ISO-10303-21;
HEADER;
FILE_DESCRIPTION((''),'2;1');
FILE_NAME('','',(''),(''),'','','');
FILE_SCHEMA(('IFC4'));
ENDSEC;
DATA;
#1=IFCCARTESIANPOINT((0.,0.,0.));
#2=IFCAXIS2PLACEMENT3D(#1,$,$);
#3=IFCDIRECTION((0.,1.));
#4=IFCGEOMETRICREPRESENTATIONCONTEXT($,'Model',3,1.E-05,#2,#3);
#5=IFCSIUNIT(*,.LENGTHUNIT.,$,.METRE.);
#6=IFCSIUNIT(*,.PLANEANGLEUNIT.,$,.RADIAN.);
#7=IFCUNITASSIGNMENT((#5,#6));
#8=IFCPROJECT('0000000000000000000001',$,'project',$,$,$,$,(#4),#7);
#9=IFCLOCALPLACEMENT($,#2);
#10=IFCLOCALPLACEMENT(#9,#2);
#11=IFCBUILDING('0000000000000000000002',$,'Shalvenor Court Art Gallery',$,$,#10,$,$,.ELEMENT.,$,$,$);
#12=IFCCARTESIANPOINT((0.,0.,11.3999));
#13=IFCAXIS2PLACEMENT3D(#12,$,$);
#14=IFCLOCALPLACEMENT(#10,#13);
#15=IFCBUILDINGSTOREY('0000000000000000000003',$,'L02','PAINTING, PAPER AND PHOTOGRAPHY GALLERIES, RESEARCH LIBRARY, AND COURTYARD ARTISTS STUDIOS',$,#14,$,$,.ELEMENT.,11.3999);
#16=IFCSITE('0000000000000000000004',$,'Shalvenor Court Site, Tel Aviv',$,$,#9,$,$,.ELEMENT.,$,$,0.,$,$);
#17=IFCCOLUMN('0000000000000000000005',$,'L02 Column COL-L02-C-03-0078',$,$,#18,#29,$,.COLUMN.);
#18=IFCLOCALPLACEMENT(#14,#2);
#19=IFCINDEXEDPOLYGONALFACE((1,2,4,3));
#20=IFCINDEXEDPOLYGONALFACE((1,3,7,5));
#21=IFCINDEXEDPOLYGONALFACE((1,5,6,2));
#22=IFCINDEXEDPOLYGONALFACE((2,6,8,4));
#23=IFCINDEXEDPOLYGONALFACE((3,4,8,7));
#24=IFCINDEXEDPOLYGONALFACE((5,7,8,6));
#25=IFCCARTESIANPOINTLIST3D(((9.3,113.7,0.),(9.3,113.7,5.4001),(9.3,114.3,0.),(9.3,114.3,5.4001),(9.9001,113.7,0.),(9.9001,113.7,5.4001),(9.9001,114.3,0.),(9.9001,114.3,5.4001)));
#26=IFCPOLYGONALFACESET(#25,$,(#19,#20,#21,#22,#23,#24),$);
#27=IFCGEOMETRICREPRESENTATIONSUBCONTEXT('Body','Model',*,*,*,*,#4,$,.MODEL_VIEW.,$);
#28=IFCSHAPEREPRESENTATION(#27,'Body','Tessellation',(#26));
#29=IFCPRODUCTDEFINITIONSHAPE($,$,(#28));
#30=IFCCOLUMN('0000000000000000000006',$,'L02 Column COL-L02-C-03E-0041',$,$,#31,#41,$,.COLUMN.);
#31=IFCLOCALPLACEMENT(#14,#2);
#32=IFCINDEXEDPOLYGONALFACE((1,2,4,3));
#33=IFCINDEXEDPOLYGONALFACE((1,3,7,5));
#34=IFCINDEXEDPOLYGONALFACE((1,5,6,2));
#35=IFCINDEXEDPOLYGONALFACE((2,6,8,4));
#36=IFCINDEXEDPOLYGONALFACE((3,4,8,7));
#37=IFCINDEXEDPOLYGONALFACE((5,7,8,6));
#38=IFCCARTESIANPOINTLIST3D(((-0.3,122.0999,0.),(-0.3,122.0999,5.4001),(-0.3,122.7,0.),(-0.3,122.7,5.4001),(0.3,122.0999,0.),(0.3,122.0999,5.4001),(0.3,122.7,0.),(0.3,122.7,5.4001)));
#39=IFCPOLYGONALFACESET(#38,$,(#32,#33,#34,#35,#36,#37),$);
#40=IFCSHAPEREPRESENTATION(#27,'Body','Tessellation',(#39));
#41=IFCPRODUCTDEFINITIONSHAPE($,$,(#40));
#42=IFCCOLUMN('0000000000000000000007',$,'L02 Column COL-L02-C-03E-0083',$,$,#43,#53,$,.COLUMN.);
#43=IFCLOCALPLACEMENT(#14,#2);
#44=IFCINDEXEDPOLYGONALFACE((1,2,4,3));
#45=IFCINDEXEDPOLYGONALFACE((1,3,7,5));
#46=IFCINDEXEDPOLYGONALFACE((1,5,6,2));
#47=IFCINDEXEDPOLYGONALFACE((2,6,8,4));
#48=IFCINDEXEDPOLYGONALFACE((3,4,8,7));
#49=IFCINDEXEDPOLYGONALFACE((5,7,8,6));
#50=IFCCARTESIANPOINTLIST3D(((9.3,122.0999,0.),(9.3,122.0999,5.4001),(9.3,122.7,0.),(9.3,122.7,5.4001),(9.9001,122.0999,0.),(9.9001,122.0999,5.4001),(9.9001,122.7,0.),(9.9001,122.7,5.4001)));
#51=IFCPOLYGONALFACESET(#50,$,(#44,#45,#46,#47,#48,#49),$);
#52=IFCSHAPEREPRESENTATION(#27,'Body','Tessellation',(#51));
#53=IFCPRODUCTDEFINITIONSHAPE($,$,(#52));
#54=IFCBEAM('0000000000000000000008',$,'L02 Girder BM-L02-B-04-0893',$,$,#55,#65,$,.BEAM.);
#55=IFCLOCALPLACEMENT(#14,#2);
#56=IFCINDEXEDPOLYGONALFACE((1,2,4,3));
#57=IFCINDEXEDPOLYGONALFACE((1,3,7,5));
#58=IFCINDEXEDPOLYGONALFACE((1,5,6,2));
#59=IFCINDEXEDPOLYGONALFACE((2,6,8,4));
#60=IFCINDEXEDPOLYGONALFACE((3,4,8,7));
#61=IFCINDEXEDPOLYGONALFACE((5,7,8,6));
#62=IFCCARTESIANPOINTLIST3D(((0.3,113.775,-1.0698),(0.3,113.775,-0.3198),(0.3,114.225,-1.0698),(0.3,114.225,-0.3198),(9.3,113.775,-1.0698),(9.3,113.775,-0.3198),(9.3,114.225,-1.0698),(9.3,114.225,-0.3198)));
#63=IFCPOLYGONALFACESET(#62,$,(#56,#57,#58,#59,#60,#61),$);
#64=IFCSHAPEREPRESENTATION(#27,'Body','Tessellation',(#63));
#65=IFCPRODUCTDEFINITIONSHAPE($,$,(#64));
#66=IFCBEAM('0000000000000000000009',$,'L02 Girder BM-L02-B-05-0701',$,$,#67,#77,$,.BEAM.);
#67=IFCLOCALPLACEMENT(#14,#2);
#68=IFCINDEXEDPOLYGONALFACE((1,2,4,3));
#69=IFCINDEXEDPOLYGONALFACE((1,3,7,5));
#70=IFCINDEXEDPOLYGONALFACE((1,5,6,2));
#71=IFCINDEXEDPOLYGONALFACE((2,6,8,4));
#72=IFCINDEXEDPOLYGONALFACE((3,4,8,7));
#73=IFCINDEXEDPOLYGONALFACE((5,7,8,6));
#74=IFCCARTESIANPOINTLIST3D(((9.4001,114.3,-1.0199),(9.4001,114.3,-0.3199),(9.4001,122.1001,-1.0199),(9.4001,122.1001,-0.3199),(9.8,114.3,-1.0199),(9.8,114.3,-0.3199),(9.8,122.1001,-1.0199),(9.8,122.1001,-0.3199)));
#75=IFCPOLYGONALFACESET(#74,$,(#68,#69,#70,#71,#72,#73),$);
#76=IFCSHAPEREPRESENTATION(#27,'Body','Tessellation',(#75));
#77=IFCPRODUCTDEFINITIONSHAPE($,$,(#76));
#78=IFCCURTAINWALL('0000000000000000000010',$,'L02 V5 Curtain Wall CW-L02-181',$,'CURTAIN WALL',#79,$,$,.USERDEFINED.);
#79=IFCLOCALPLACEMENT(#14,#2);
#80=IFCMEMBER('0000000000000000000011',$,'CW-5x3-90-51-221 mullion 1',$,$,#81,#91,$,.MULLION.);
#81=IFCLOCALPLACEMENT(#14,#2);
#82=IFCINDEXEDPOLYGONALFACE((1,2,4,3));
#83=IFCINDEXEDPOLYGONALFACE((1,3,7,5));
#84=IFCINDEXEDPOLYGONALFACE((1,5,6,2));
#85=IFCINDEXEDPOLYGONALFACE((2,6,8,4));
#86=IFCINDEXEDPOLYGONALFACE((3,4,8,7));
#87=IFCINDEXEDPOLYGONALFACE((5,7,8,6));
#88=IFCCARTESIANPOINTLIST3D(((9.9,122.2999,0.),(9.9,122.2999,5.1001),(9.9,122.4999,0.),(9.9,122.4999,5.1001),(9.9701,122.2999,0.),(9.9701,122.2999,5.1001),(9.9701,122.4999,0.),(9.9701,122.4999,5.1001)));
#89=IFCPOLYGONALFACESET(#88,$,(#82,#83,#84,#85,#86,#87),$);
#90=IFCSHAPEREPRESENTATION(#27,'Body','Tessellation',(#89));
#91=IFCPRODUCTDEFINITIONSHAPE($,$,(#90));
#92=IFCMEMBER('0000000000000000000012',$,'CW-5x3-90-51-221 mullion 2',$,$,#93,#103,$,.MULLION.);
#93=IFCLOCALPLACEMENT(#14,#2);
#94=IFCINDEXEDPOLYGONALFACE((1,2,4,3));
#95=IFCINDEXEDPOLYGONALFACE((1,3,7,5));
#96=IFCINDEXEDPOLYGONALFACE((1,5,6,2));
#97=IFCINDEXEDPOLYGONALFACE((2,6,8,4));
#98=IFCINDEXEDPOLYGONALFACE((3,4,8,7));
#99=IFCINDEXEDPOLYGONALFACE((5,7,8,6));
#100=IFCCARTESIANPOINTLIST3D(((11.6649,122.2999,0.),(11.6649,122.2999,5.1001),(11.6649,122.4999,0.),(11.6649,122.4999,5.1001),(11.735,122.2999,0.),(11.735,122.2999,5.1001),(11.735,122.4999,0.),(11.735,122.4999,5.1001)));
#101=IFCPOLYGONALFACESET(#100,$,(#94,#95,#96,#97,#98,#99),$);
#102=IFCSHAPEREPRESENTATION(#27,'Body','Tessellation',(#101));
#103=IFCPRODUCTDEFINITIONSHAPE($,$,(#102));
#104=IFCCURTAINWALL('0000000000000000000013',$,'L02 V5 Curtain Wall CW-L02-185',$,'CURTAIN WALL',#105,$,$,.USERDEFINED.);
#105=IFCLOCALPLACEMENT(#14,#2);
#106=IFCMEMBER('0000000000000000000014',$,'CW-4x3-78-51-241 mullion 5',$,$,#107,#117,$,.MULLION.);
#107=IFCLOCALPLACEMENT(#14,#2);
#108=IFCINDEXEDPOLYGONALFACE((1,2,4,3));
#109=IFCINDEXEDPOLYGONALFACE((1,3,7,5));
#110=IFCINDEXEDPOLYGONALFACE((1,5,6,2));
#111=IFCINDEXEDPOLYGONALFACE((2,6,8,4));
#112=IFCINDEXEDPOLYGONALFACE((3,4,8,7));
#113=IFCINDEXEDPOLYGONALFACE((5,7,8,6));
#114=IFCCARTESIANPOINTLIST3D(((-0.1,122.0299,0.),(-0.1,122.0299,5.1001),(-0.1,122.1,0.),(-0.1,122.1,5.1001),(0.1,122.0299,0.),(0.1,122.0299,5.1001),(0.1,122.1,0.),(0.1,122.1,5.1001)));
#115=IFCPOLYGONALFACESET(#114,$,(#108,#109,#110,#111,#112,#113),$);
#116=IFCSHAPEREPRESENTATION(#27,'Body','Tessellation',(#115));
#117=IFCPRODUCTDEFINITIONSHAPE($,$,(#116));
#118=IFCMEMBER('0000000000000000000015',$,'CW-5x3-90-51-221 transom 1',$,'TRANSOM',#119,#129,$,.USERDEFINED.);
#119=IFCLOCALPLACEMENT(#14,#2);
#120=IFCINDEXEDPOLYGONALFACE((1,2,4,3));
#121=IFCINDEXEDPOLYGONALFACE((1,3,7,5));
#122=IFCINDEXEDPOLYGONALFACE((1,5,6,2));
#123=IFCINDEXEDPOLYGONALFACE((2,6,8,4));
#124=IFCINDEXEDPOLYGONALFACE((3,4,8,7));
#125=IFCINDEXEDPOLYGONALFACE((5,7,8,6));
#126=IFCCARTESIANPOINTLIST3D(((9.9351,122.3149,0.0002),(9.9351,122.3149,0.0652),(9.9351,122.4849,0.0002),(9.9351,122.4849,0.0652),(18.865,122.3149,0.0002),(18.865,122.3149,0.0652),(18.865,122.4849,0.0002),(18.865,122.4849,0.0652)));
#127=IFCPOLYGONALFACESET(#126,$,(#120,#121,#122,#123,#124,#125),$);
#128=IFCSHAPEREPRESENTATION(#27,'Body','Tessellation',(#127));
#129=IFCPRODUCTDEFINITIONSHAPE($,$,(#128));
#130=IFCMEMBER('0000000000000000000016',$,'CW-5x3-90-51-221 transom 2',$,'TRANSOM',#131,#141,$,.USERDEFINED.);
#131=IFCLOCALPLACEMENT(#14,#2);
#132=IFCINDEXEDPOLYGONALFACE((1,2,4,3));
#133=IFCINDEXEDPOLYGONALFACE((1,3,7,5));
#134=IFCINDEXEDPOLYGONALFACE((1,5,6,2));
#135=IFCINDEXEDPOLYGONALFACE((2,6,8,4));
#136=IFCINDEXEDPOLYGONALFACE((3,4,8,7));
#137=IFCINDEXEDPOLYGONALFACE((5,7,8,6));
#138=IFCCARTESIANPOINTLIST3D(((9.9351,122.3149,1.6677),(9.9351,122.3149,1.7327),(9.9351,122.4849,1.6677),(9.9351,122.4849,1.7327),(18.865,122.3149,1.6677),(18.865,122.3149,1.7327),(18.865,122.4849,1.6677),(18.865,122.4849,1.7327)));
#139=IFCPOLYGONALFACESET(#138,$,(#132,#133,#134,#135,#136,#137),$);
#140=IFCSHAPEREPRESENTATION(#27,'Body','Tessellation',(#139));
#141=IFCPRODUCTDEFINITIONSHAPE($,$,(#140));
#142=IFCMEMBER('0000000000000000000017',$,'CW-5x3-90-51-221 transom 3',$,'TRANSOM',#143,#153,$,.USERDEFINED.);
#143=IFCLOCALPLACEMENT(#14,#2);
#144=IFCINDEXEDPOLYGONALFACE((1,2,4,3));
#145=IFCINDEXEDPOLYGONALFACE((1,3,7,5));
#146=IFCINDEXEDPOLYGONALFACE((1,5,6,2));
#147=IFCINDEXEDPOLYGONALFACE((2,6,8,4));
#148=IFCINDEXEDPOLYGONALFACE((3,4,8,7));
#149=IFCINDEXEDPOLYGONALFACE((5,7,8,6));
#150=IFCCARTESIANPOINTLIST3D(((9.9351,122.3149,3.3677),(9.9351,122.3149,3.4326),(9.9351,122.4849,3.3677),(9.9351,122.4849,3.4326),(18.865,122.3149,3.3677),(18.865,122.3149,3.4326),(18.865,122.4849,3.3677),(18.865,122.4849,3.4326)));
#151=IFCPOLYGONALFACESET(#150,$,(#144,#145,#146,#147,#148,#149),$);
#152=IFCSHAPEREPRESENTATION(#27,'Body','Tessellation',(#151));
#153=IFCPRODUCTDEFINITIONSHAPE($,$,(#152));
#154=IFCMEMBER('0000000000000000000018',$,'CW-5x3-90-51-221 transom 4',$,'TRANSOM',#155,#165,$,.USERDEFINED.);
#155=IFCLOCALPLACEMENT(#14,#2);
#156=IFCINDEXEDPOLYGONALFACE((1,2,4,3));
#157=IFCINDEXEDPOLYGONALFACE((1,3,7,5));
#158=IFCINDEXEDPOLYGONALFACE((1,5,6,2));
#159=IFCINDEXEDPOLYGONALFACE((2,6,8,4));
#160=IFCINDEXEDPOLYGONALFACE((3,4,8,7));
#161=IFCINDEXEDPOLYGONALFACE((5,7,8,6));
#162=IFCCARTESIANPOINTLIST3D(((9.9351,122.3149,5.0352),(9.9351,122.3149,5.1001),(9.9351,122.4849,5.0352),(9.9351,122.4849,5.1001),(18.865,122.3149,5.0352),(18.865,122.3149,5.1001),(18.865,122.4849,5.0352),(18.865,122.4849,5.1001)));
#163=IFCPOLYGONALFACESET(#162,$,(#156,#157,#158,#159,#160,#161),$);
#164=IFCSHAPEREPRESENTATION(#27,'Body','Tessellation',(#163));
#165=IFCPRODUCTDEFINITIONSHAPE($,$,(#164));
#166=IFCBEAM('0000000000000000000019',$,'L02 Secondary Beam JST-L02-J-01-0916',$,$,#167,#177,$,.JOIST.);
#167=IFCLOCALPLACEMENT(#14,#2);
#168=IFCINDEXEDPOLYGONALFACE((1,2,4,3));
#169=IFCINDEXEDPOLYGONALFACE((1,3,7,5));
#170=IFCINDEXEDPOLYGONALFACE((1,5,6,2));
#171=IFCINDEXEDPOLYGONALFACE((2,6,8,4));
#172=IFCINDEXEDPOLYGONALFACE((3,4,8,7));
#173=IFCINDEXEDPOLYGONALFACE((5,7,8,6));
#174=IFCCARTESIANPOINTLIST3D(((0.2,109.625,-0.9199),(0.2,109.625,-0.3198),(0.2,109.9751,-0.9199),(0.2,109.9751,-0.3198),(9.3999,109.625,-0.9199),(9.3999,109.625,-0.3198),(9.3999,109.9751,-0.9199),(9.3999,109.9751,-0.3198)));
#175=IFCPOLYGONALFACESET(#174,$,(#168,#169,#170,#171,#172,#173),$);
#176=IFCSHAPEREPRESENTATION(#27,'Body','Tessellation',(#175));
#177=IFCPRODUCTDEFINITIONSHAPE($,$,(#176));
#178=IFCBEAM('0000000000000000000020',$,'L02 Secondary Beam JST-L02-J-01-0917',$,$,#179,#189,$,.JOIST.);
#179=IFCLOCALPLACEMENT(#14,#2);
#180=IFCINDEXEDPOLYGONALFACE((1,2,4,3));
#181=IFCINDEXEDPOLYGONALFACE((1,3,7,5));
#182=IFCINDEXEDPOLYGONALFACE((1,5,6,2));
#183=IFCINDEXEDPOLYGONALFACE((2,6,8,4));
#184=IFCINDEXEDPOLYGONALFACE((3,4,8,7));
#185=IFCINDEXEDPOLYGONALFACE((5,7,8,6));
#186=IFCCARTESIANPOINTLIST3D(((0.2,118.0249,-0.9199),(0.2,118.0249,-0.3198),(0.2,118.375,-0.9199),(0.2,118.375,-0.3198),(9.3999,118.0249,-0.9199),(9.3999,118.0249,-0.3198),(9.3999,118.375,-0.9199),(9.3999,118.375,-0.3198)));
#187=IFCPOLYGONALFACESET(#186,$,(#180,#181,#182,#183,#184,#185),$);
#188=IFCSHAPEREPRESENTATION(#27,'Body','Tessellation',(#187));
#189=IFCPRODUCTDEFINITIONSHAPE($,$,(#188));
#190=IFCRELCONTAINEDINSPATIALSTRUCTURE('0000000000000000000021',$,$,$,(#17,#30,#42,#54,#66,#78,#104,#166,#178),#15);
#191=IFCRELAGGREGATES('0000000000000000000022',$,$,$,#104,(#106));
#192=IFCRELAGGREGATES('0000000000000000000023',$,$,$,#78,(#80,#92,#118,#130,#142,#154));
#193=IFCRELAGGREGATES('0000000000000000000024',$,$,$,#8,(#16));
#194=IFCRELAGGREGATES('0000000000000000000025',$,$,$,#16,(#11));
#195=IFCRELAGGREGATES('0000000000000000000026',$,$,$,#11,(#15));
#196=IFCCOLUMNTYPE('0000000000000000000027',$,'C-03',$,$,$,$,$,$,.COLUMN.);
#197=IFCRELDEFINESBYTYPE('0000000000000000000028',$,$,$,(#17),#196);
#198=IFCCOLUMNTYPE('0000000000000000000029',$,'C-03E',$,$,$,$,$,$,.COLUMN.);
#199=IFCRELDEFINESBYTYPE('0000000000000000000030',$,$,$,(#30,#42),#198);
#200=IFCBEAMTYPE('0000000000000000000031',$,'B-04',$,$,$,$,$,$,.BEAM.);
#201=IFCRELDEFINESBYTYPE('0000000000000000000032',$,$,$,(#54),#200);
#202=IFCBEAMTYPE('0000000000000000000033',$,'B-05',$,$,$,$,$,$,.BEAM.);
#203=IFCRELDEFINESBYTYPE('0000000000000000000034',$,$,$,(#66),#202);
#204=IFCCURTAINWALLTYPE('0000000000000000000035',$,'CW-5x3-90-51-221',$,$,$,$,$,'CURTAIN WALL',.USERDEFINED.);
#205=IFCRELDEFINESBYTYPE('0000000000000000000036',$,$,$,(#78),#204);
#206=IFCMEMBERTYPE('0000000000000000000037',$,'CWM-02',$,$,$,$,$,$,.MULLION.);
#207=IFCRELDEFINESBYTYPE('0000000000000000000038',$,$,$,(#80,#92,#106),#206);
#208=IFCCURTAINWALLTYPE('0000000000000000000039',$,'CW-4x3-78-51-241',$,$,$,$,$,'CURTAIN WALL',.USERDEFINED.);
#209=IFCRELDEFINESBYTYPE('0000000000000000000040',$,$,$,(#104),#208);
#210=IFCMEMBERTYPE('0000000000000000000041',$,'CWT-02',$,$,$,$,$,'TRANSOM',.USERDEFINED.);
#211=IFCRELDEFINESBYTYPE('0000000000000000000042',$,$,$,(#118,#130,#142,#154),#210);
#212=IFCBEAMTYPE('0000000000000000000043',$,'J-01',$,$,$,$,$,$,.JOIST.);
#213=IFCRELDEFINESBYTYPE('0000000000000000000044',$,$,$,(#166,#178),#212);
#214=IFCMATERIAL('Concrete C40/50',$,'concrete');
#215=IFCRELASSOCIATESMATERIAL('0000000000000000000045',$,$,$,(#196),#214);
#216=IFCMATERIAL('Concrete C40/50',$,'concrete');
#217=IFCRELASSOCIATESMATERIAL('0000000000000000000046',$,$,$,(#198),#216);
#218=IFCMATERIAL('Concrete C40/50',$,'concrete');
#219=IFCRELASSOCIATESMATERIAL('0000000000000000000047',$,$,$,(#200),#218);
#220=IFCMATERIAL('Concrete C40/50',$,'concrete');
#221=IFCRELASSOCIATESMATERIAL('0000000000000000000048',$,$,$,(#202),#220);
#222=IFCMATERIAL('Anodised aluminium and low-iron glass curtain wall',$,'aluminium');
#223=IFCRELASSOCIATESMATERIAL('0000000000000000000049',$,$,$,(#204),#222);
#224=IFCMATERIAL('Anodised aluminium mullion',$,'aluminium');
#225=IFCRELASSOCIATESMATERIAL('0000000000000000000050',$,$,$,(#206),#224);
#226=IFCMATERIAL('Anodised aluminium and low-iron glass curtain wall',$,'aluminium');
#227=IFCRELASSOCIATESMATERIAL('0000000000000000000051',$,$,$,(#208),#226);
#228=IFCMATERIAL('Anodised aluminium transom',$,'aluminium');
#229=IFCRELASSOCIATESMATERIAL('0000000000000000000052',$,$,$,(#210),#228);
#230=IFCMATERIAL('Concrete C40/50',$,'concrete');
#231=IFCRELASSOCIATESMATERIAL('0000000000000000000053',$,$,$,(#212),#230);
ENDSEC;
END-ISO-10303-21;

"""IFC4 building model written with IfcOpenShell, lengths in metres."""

from ifc_helpers import new_model, si_unit, direction, frame, origin, origin_2d, place, context, subcontext, project, spatial, rectangle, extrude, material, material_profile, profile_set, type_object, element, aggregate, save


model = new_model("IFC4")

# Units and contexts
model_context = context("Model", 3, precision=1e-05, world=origin(), true_north=direction((0.0, 1.0)))
body_context = subcontext(model_context, "Body", "Model", "MODEL_VIEW")
ifc_project = project(units=[si_unit("LENGTHUNIT", "METRE"), si_unit("PLANEANGLEUNIT", "RADIAN")], contexts=[model_context])

# Site, building, storey
site_placement = place(None, origin())
site = spatial("IfcSite", under=ifc_project, at=site_placement, Name="Shalvenor Court Site, Tel Aviv", CompositionType="ELEMENT", RefElevation=0.0)
building_placement = place(site_placement, origin())
building = spatial("IfcBuilding", under=site, at=building_placement, Name="Shalvenor Court Art Gallery", CompositionType="ELEMENT")
storey_placement = place(building_placement, frame((0.0, 0.0, 11.3999)))
storey = spatial("IfcBuildingStorey", under=building, at=storey_placement, Name="L02", Description="PAINTING, PAPER AND PHOTOGRAPHY GALLERIES, RESEARCH LIBRARY, AND COURTYARD ARTISTS STUDIOS", CompositionType="ELEMENT", Elevation=11.3999)

# Columns
ifc_material_1 = material(Name="Concrete C40/50", Category="concrete")
ifc_material_profile_1 = material_profile(ifc_material_1, rectangle(XDim=0.6001, YDim=0.6001, at=origin_2d()), Name="RC 600x600")
ifc_profile_set_1 = profile_set([ifc_material_profile_1], Name="Concrete C40/50")
column_type_1 = type_object("IfcColumnType", Name="C-03", PredefinedType="COLUMN", material=ifc_profile_set_1)
column_placement = place(storey_placement, frame((9.6001, 114.0, 0.0), z_axis=(0.0, 0.0, 1.0), x_axis=(1.0, 0.0, 0.0)))
element("IfcColumn", 1, at=column_placement, inside=storey, type_object=column_type_1, Name="L02 Column COL-L02-C-03-0078", PredefinedType="COLUMN", context=body_context, shape_type="SweptSolid", body=[
    extrude(rectangle(XDim=0.6001, YDim=0.6001, at=origin_2d()), origin(), (0.0, 0.0, 1.0), 5.4001),
])
ifc_material_2 = material(Name="Concrete C40/50", Category="concrete")
ifc_material_profile_2 = material_profile(ifc_material_2, rectangle(XDim=0.6001, YDim=0.6001, at=origin_2d()), Name="RC 600x600")
ifc_profile_set_2 = profile_set([ifc_material_profile_2], Name="Concrete C40/50")
column_type_2 = type_object("IfcColumnType", Name="C-03E", PredefinedType="COLUMN", material=ifc_profile_set_2)
for number, where, z_axis, x_axis, name in (
    (2, (0.0, 122.3999, 0.0), (0.0, 0.0, 1.0), (1.0, 0.0, 0.0), "L02 Column COL-L02-C-03E-0041"),
    (3, (9.6001, 122.3999, 0.0), (0.0, 0.0, 1.0), (1.0, 0.0, 0.0), "L02 Column COL-L02-C-03E-0083"),
):
    element("IfcColumn", number, at=place(storey_placement, frame(where, z_axis=z_axis, x_axis=x_axis)), inside=storey, type_object=column_type_2, Name=name, PredefinedType="COLUMN", context=body_context, shape_type="SweptSolid", body=[
        extrude(rectangle(XDim=0.6001, YDim=0.6001, at=origin_2d()), origin(), (0.0, 0.0, 1.0), 5.4001),
    ])

# Beams
ifc_material_3 = material(Name="Concrete C40/50", Category="concrete")
ifc_material_profile_3 = material_profile(ifc_material_3, rectangle(XDim=0.45, YDim=0.75, at=origin_2d()), Name="RC 450x750")
ifc_profile_set_3 = profile_set([ifc_material_profile_3], Name="Concrete C40/50")
beam_type_1 = type_object("IfcBeamType", Name="B-04", PredefinedType="BEAM", material=ifc_profile_set_3)
beam_1_placement = place(storey_placement, frame((0.3, 114.0, -0.6948), z_axis=(1.0, 0.0, 0.0), x_axis=(0.0, 1.0, 0.0)))
element("IfcBeam", 4, at=beam_1_placement, inside=storey, type_object=beam_type_1, Name="L02 Girder BM-L02-B-04-0893", PredefinedType="BEAM", context=body_context, shape_type="SweptSolid", body=[
    extrude(rectangle(XDim=0.45, YDim=0.75, at=origin_2d()), origin(), (0.0, 0.0, 1.0), 9.0),
])
ifc_material_4 = material(Name="Concrete C40/50", Category="concrete")
ifc_material_profile_4 = material_profile(ifc_material_4, rectangle(XDim=0.3999, YDim=0.7, at=origin_2d()), Name="RC 400x700")
ifc_profile_set_4 = profile_set([ifc_material_profile_4], Name="Concrete C40/50")
beam_type_2 = type_object("IfcBeamType", Name="B-05", PredefinedType="BEAM", material=ifc_profile_set_4)
beam_2_placement = place(storey_placement, frame((9.6001, 114.3, -0.6699), z_axis=(0.0, 1.0, 0.0), x_axis=(-1.0, 0.0, 0.0)))
element("IfcBeam", 5, at=beam_2_placement, inside=storey, type_object=beam_type_2, Name="L02 Girder BM-L02-B-05-0701", PredefinedType="BEAM", context=body_context, shape_type="SweptSolid", body=[
    extrude(rectangle(XDim=0.3999, YDim=0.7, at=origin_2d()), origin(), (0.0, 0.0, 1.0), 7.8),
])

# Curtain wall, members
ifc_material_5 = material(Name="Anodised aluminium and low-iron glass curtain wall", Category="aluminium")
curtain_wall_type_1 = type_object("IfcCurtainWallType", Name="CW-5x3-90-51-221", ElementType="CURTAIN WALL", PredefinedType="USERDEFINED", material=ifc_material_5)
curtain_wall_1_placement = place(storey_placement, origin())
curtain_wall_1 = element("IfcCurtainWall", 6, at=curtain_wall_1_placement, inside=storey, type_object=curtain_wall_type_1, Name="L02 V5 Curtain Wall CW-L02-181", ObjectType="CURTAIN WALL", PredefinedType="USERDEFINED")
ifc_material_6 = material(Name="Anodised aluminium mullion", Category="aluminium")
ifc_material_profile_5 = material_profile(ifc_material_6, rectangle(XDim=0.0701, YDim=0.2, at=origin_2d()), Name="CWM-02")
ifc_profile_set_5 = profile_set([ifc_material_profile_5], Name="Anodised aluminium mullion")
member_type_1 = type_object("IfcMemberType", Name="CWM-02", PredefinedType="MULLION", material=ifc_profile_set_5)
member_1_placement = place(storey_placement, frame((9.9351, 122.3999, 0.0), z_axis=(0.0, 0.0, 1.0), x_axis=(1.0, 0.0, 0.0)))
member_1 = element("IfcMember", 7, at=member_1_placement, type_object=member_type_1, Name="CW-5x3-90-51-221 mullion 1", PredefinedType="MULLION", context=body_context, shape_type="SweptSolid", body=[
    extrude(rectangle(XDim=0.0701, YDim=0.2, at=origin_2d()), origin(), (0.0, 0.0, 1.0), 5.1001),
])
member_2_placement = place(storey_placement, frame((11.7, 122.3999, 0.0), z_axis=(0.0, 0.0, 1.0), x_axis=(1.0, 0.0, 0.0)))
member_2 = element("IfcMember", 8, at=member_2_placement, type_object=member_type_1, Name="CW-5x3-90-51-221 mullion 2", PredefinedType="MULLION", context=body_context, shape_type="SweptSolid", body=[
    extrude(rectangle(XDim=0.0701, YDim=0.2, at=origin_2d()), origin(), (0.0, 0.0, 1.0), 5.1001),
])

# Curtain wall, member
ifc_material_7 = material(Name="Anodised aluminium and low-iron glass curtain wall", Category="aluminium")
curtain_wall_type_2 = type_object("IfcCurtainWallType", Name="CW-4x3-78-51-241", ElementType="CURTAIN WALL", PredefinedType="USERDEFINED", material=ifc_material_7)
curtain_wall_2_placement = place(storey_placement, origin())
curtain_wall_2 = element("IfcCurtainWall", 9, at=curtain_wall_2_placement, inside=storey, type_object=curtain_wall_type_2, Name="L02 V5 Curtain Wall CW-L02-185", ObjectType="CURTAIN WALL", PredefinedType="USERDEFINED")
member_3_placement = place(storey_placement, frame((0.0, 122.0649, 0.0), z_axis=(0.0, 0.0, 1.0), x_axis=(0.0, 1.0, 0.0)))
member_3 = element("IfcMember", 10, at=member_3_placement, type_object=member_type_1, Name="CW-4x3-78-51-241 mullion 5", PredefinedType="MULLION", context=body_context, shape_type="SweptSolid", body=[
    extrude(rectangle(XDim=0.0701, YDim=0.2, at=origin_2d()), origin(), (0.0, 0.0, 1.0), 5.1001),
])
aggregate(curtain_wall_2, [member_3])

# Members
ifc_material_8 = material(Name="Anodised aluminium transom", Category="aluminium")
ifc_material_profile_6 = material_profile(ifc_material_8, rectangle(XDim=0.1699, YDim=0.0649, at=origin_2d()), Name="CWT-02")
ifc_profile_set_6 = profile_set([ifc_material_profile_6], Name="Anodised aluminium transom")
member_type_2 = type_object("IfcMemberType", Name="CWT-02", ElementType="TRANSOM", PredefinedType="USERDEFINED", material=ifc_profile_set_6)
member_4_placement = place(storey_placement, frame((9.9351, 122.3999, 0.0327), z_axis=(1.0, 0.0, 0.0), x_axis=(0.0, 1.0, 0.0)))
member_4 = element("IfcMember", 11, at=member_4_placement, type_object=member_type_2, Name="CW-5x3-90-51-221 transom 1", ObjectType="TRANSOM", PredefinedType="USERDEFINED", context=body_context, shape_type="SweptSolid", body=[
    extrude(rectangle(XDim=0.1699, YDim=0.0649, at=origin_2d()), origin(), (0.0, 0.0, 1.0), 8.9299),
])
member_5_placement = place(storey_placement, frame((9.9351, 122.3999, 1.7002), z_axis=(1.0, 0.0, 0.0), x_axis=(0.0, 1.0, 0.0)))
member_5 = element("IfcMember", 12, at=member_5_placement, type_object=member_type_2, Name="CW-5x3-90-51-221 transom 2", ObjectType="TRANSOM", PredefinedType="USERDEFINED", context=body_context, shape_type="SweptSolid", body=[
    extrude(rectangle(XDim=0.1699, YDim=0.0649, at=origin_2d()), origin(), (0.0, 0.0, 1.0), 8.9299),
])
member_6_placement = place(storey_placement, frame((9.9351, 122.3999, 3.4001), z_axis=(1.0, 0.0, 0.0), x_axis=(0.0, 1.0, 0.0)))
member_6 = element("IfcMember", 13, at=member_6_placement, type_object=member_type_2, Name="CW-5x3-90-51-221 transom 3", ObjectType="TRANSOM", PredefinedType="USERDEFINED", context=body_context, shape_type="SweptSolid", body=[
    extrude(rectangle(XDim=0.1699, YDim=0.0649, at=origin_2d()), origin(), (0.0, 0.0, 1.0), 8.9299),
])
member_7_placement = place(storey_placement, frame((9.9351, 122.3999, 5.0676), z_axis=(1.0, 0.0, 0.0), x_axis=(0.0, 1.0, 0.0)))
member_7 = element("IfcMember", 14, at=member_7_placement, type_object=member_type_2, Name="CW-5x3-90-51-221 transom 4", ObjectType="TRANSOM", PredefinedType="USERDEFINED", context=body_context, shape_type="SweptSolid", body=[
    extrude(rectangle(XDim=0.1699, YDim=0.0649, at=origin_2d()), origin(), (0.0, 0.0, 1.0), 8.9299),
])

# Beams
ifc_material_9 = material(Name="Concrete C40/50", Category="concrete")
ifc_material_profile_7 = material_profile(ifc_material_9, rectangle(XDim=0.3501, YDim=0.6001, at=origin_2d()), Name="RC 350x600")
ifc_profile_set_7 = profile_set([ifc_material_profile_7], Name="Concrete C40/50")
beam_type_3 = type_object("IfcBeamType", Name="J-01", PredefinedType="JOIST", material=ifc_profile_set_7)
for number, where, z_axis, x_axis, name in (
    (15, (0.2, 109.8, -0.6199), (1.0, 0.0, 0.0), (0.0, 1.0, 0.0), "L02 Secondary Beam JST-L02-J-01-0916"),
    (16, (0.2, 118.2, -0.6199), (1.0, 0.0, 0.0), (0.0, 1.0, 0.0), "L02 Secondary Beam JST-L02-J-01-0917"),
):
    element("IfcBeam", number, at=place(storey_placement, frame(where, z_axis=z_axis, x_axis=x_axis)), inside=storey, type_object=beam_type_3, Name=name, PredefinedType="JOIST", context=body_context, shape_type="SweptSolid", body=[
        extrude(rectangle(XDim=0.3501, YDim=0.6001, at=origin_2d()), origin(), (0.0, 0.0, 1.0), 9.2),
    ])

aggregate(curtain_wall_1, [member_1, member_2, member_4, member_5, member_6, member_7])

save(model, "model.ifc")
